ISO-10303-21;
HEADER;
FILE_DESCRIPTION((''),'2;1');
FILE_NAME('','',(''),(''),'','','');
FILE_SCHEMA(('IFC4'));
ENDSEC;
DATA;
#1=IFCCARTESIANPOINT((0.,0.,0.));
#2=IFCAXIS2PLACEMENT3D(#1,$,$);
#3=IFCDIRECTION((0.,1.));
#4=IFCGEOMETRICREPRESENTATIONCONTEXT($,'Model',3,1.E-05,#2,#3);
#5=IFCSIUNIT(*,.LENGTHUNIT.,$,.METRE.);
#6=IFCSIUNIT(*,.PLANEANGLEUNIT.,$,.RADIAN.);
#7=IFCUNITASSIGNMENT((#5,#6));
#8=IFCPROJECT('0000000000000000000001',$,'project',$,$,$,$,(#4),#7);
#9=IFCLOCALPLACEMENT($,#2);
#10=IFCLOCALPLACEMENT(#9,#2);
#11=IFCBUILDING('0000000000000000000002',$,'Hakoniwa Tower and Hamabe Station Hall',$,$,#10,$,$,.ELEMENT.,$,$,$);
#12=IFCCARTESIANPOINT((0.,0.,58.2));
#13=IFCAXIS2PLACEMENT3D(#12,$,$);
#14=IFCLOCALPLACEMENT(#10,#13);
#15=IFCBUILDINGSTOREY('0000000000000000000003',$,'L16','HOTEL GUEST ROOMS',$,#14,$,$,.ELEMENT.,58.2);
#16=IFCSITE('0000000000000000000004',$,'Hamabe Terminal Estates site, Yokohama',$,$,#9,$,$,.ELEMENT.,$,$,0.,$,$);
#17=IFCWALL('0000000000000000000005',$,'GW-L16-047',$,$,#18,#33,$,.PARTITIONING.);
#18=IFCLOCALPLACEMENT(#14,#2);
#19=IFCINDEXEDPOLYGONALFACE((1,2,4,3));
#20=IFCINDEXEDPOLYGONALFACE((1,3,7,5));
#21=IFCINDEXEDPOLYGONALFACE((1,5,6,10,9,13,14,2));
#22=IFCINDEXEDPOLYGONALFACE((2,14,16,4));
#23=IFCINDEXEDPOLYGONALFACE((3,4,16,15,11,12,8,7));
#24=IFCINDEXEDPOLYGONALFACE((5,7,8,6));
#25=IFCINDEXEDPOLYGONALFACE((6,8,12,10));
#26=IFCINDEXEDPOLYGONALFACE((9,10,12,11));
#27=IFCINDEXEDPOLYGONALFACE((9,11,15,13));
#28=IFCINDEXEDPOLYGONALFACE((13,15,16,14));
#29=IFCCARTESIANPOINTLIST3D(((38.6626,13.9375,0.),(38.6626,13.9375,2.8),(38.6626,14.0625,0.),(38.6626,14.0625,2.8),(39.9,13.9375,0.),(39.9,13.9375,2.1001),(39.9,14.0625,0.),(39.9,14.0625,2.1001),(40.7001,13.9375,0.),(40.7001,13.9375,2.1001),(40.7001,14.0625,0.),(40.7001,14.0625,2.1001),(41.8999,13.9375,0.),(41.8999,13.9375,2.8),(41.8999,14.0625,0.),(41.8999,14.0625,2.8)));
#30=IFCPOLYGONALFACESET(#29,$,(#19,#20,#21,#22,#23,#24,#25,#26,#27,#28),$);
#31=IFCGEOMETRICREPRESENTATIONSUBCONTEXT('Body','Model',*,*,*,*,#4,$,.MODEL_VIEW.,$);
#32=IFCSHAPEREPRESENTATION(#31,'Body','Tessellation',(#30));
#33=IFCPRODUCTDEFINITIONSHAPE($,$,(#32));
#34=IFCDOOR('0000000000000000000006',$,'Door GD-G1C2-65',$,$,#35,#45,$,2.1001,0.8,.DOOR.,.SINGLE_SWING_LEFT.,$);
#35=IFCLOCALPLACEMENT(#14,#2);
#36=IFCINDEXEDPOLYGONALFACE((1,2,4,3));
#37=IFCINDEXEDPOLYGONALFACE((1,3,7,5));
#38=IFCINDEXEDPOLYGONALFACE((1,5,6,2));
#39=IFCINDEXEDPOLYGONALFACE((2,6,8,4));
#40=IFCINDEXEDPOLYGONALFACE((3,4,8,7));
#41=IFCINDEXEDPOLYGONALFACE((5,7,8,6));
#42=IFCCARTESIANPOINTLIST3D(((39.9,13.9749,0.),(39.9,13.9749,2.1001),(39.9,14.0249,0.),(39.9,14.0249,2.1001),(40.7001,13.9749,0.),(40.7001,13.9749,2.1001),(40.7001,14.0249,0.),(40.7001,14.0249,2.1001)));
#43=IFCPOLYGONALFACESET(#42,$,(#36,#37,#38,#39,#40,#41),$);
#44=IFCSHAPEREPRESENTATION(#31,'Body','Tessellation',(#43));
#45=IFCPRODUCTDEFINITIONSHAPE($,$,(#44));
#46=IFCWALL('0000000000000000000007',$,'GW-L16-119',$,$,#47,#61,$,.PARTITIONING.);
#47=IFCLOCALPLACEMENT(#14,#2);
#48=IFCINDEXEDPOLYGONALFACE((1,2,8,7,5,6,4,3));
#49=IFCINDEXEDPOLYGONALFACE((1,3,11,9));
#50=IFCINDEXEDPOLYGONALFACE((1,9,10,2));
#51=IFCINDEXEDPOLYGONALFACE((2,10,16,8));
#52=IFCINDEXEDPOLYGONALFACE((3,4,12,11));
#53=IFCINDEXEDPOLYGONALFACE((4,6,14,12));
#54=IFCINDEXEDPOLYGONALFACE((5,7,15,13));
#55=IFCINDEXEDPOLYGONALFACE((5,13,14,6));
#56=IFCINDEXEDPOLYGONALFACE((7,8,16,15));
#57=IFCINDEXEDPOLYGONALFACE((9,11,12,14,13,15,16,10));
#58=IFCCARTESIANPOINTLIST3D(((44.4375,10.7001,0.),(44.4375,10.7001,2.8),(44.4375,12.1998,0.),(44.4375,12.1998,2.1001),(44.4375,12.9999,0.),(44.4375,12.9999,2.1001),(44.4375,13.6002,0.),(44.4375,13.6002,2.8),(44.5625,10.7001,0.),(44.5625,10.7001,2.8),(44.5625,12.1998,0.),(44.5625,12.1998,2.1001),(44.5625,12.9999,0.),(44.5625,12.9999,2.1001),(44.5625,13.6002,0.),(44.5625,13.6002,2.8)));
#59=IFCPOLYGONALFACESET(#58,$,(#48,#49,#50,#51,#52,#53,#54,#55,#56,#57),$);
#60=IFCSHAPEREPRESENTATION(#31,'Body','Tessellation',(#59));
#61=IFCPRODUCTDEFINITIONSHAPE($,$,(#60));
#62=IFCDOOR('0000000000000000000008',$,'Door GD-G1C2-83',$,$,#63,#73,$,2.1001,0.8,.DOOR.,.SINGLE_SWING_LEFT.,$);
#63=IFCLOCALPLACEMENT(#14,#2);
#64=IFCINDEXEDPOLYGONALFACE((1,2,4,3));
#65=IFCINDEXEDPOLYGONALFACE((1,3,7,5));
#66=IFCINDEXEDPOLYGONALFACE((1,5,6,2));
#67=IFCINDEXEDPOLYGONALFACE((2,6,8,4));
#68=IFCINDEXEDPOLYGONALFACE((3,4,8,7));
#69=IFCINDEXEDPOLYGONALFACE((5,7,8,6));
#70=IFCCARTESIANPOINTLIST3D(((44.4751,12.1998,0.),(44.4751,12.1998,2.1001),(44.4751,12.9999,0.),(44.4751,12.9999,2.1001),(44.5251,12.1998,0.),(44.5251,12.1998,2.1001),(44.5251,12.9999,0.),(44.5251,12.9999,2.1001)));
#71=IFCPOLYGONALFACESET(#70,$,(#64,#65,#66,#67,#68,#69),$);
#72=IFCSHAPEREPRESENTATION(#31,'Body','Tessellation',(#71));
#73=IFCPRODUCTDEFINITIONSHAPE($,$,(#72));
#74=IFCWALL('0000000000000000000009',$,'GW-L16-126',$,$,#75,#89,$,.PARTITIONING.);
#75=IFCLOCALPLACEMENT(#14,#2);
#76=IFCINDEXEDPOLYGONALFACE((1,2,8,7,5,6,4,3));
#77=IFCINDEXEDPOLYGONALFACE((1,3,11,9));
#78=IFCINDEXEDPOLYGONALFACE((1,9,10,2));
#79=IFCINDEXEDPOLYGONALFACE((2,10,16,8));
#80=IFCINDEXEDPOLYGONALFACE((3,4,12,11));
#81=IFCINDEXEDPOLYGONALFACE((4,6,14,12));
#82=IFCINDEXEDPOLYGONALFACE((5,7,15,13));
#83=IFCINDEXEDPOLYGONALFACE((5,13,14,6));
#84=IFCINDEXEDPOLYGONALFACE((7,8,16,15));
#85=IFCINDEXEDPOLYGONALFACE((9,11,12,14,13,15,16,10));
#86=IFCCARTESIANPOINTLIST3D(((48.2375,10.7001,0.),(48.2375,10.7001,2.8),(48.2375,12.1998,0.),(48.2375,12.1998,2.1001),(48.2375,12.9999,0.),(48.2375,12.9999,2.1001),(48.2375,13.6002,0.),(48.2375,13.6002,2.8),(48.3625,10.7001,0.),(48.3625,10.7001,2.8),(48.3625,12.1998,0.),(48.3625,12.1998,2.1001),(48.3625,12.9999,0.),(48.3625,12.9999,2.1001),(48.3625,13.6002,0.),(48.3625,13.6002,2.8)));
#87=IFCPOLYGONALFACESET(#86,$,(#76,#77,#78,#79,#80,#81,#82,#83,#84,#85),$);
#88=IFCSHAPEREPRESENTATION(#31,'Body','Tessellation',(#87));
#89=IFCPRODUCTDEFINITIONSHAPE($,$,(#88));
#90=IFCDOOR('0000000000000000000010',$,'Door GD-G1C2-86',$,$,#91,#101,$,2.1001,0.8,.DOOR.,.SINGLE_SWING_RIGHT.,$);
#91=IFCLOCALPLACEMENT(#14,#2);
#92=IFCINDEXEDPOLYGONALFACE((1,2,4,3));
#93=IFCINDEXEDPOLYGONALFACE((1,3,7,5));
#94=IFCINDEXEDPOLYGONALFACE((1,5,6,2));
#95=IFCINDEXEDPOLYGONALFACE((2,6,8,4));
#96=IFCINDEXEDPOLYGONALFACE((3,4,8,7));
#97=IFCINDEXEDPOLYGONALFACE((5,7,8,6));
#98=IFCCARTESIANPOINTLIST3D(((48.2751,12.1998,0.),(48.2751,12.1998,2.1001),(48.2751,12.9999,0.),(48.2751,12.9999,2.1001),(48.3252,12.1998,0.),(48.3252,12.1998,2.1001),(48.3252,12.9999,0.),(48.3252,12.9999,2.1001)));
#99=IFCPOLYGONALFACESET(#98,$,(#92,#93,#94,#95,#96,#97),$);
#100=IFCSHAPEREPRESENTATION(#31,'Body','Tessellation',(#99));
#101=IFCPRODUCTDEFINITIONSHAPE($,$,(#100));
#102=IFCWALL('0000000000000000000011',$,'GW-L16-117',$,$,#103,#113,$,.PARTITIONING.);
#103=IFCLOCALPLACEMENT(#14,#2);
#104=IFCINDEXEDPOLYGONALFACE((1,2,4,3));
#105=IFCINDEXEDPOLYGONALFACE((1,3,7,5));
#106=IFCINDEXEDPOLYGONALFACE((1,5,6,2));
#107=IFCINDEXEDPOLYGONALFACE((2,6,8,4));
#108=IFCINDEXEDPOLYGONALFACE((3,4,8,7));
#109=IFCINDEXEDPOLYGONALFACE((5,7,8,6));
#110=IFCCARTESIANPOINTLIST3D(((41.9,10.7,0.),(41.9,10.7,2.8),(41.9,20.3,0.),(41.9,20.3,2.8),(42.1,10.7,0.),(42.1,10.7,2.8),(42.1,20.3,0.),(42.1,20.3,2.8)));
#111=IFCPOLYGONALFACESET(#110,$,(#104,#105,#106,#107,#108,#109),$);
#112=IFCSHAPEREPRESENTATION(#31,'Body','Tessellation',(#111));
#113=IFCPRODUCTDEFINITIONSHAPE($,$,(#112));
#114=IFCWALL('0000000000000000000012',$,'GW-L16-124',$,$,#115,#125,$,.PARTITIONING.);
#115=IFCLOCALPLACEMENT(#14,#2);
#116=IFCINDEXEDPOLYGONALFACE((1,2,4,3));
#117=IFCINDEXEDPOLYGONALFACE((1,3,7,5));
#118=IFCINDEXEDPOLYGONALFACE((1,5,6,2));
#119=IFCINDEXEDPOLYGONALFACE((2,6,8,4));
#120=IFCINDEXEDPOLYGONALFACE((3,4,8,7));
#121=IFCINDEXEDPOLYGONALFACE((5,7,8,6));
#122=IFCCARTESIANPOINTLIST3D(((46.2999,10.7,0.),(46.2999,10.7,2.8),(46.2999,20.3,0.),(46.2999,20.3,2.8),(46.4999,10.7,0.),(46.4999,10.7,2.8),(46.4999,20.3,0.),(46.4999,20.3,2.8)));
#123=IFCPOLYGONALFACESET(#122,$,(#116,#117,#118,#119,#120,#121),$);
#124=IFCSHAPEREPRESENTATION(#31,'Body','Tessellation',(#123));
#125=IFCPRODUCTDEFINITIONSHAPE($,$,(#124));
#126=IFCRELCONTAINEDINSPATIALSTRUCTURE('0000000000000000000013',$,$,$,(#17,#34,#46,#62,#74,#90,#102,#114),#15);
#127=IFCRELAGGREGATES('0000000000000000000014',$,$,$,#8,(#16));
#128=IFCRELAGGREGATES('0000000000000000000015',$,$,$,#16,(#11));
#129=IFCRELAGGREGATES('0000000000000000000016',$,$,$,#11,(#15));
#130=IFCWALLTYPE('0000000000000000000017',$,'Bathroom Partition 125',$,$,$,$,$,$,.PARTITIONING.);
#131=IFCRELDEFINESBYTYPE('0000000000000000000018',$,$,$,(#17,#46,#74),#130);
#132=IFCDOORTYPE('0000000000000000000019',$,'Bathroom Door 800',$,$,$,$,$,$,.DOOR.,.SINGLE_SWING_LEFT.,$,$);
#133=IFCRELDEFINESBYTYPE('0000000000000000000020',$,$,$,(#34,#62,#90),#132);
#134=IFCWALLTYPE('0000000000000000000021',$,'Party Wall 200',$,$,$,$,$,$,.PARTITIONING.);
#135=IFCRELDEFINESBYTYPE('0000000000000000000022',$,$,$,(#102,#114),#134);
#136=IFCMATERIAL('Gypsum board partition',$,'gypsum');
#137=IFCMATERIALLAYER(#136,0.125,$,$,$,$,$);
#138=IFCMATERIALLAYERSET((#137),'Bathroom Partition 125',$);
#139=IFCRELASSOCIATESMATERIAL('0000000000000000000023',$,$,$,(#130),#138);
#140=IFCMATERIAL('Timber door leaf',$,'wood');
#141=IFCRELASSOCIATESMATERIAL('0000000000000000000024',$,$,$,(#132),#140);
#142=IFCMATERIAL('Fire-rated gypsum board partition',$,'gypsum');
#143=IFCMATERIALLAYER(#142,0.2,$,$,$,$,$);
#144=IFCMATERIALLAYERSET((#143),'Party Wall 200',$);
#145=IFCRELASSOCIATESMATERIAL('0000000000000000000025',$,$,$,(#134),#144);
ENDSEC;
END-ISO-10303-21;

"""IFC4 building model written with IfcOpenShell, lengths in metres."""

from ifc_helpers import new_model, si_unit, direction, frame, frame_2d, origin, place, context, subcontext, project, spatial, rectangle, extrude, material, layer, layer_set, type_object, element, fill, save


model = new_model("IFC4")

# Units and contexts
model_context = context("Model", 3, precision=1e-05, world=origin(), true_north=direction((0.0, 1.0)))
body_context = subcontext(model_context, "Body", "Model", "MODEL_VIEW")
ifc_project = project(units=[si_unit("LENGTHUNIT", "METRE"), si_unit("PLANEANGLEUNIT", "RADIAN")], contexts=[model_context])

# Site, building, storey
site_placement = place(None, origin())
site = spatial("IfcSite", under=ifc_project, at=site_placement, Name="Hamabe Terminal Estates site, Yokohama", CompositionType="ELEMENT", RefElevation=0.0)
building_placement = place(site_placement, origin())
building = spatial("IfcBuilding", under=site, at=building_placement, Name="Hakoniwa Tower and Hamabe Station Hall", CompositionType="ELEMENT")
storey_placement = place(building_placement, frame((0.0, 0.0, 58.2)))
storey = spatial("IfcBuildingStorey", under=building, at=storey_placement, Name="L16", Description="HOTEL GUEST ROOMS", CompositionType="ELEMENT", Elevation=58.2)

# Shared definitions
ifc_material_1 = material(Name="Gypsum board partition", Category="gypsum")
ifc_layer_1 = layer(ifc_material_1, 0.125)
ifc_layer_set_1 = layer_set([ifc_layer_1], Name="Bathroom Partition 125")
wall_type_1 = type_object("IfcWallType", Name="Bathroom Partition 125", PredefinedType="PARTITIONING", material=ifc_layer_set_1)

# Walls, openings, doors
wall_1_placement = place(storey_placement, frame((38.6626, 14.0, 0.0), z_axis=(0.0, 0.0, 1.0), x_axis=(1.0, 0.0, 0.0)))
wall_1 = element("IfcWall", 1, at=wall_1_placement, inside=storey, type_object=wall_type_1, Name="GW-L16-047", PredefinedType="PARTITIONING", context=body_context, shape_type="SweptSolid", body=[
    extrude(rectangle(XDim=3.2373, YDim=0.125, at=frame_2d((1.6187, 0.0))), origin(), (0.0, 0.0, 1.0), 2.8),
])
opening_1_placement = place(wall_1_placement, frame((1.2375, 0.0, 0.0)))
opening_1 = element("IfcOpeningElement", 2, at=opening_1_placement, cuts=wall_1, PredefinedType="OPENING", context=body_context, shape_type="SweptSolid", body=[
    extrude(rectangle(XDim=0.8, YDim=2.1001, at=frame_2d((0.3999, 1.05))), frame((0.0, 0.0725, 0.0), z_axis=(0.0, -1.0, 0.0), x_axis=(1.0, 0.0, 0.0)), (0.0, 0.0, 1.0), 0.145),
])
ifc_material_2 = material(Name="Timber door leaf", Category="wood")
door_type = type_object("IfcDoorType", Name="Bathroom Door 800", OperationType="SINGLE_SWING_LEFT", PredefinedType="DOOR", material=ifc_material_2)
door_1_placement = place(opening_1_placement, origin())
door_1 = element("IfcDoor", 3, at=door_1_placement, inside=storey, type_object=door_type, Name="Door GD-G1C2-65", OperationType="SINGLE_SWING_LEFT", OverallHeight=2.1001, OverallWidth=0.8, PredefinedType="DOOR", context=body_context, shape_type="SweptSolid", body=[
    extrude(rectangle(XDim=0.8, YDim=2.1001, at=frame_2d((0.3999, 1.05))), frame((0.0, 0.0249, 0.0), z_axis=(0.0, -1.0, 0.0), x_axis=(1.0, 0.0, 0.0)), (0.0, 0.0, 1.0), 0.05),
])
fill(opening_1, door_1)
wall_2_placement = place(storey_placement, frame((44.5, 10.7, 0.0), z_axis=(0.0, 0.0, 1.0), x_axis=(0.0, 1.0, 0.0)))
wall_2 = element("IfcWall", 4, at=wall_2_placement, inside=storey, type_object=wall_type_1, Name="GW-L16-119", PredefinedType="PARTITIONING", context=body_context, shape_type="SweptSolid", body=[
    extrude(rectangle(XDim=2.9001, YDim=0.125, at=frame_2d((1.4502, 0.0))), origin(), (0.0, 0.0, 1.0), 2.8),
])
opening_2_placement = place(wall_2_placement, frame((1.5, 0.0, 0.0)))
opening_2 = element("IfcOpeningElement", 5, at=opening_2_placement, cuts=wall_2, PredefinedType="OPENING", context=body_context, shape_type="SweptSolid", body=[
    extrude(rectangle(XDim=0.8, YDim=2.1001, at=frame_2d((0.3999, 1.05))), frame((0.0, 0.0725, 0.0), z_axis=(0.0, -1.0, 0.0), x_axis=(1.0, 0.0, 0.0)), (0.0, 0.0, 1.0), 0.145),
])
door_2_placement = place(opening_2_placement, origin())
door_2 = element("IfcDoor", 6, at=door_2_placement, inside=storey, type_object=door_type, Name="Door GD-G1C2-83", OperationType="SINGLE_SWING_LEFT", OverallHeight=2.1001, OverallWidth=0.8, PredefinedType="DOOR", context=body_context, shape_type="SweptSolid", body=[
    extrude(rectangle(XDim=0.8, YDim=2.1001, at=frame_2d((0.3999, 1.05))), frame((0.0, 0.0249, 0.0), z_axis=(0.0, -1.0, 0.0), x_axis=(1.0, 0.0, 0.0)), (0.0, 0.0, 1.0), 0.05),
])
fill(opening_2, door_2)
wall_3_placement = place(storey_placement, frame((48.3, 10.7, 0.0), z_axis=(0.0, 0.0, 1.0), x_axis=(0.0, 1.0, 0.0)))
wall_3 = element("IfcWall", 7, at=wall_3_placement, inside=storey, type_object=wall_type_1, Name="GW-L16-126", PredefinedType="PARTITIONING", context=body_context, shape_type="SweptSolid", body=[
    extrude(rectangle(XDim=2.9001, YDim=0.125, at=frame_2d((1.4502, 0.0))), origin(), (0.0, 0.0, 1.0), 2.8),
])
opening_3_placement = place(wall_3_placement, frame((1.5, 0.0, 0.0)))
opening_3 = element("IfcOpeningElement", 8, at=opening_3_placement, cuts=wall_3, PredefinedType="OPENING", context=body_context, shape_type="SweptSolid", body=[
    extrude(rectangle(XDim=0.8, YDim=2.1001, at=frame_2d((0.3999, 1.05))), frame((0.0, 0.0725, 0.0), z_axis=(0.0, -1.0, 0.0), x_axis=(1.0, 0.0, 0.0)), (0.0, 0.0, 1.0), 0.145),
])
door_3_placement = place(opening_3_placement, origin())
door_3 = element("IfcDoor", 9, at=door_3_placement, inside=storey, type_object=door_type, Name="Door GD-G1C2-86", OperationType="SINGLE_SWING_RIGHT", OverallHeight=2.1001, OverallWidth=0.8, PredefinedType="DOOR", context=body_context, shape_type="SweptSolid", body=[
    extrude(rectangle(XDim=0.8, YDim=2.1001, at=frame_2d((0.3999, 1.05))), frame((0.0, 0.0249, 0.0), z_axis=(0.0, -1.0, 0.0), x_axis=(1.0, 0.0, 0.0)), (0.0, 0.0, 1.0), 0.05),
])
fill(opening_3, door_3)

# Walls
ifc_material_3 = material(Name="Fire-rated gypsum board partition", Category="gypsum")
ifc_layer_2 = layer(ifc_material_3, 0.2)
ifc_layer_set_2 = layer_set([ifc_layer_2], Name="Party Wall 200")
wall_type_2 = type_object("IfcWallType", Name="Party Wall 200", PredefinedType="PARTITIONING", material=ifc_layer_set_2)
for number, where, z_axis, x_axis, name in (
    (10, (42.0, 10.7, 0.0), (0.0, 0.0, 1.0), (0.0, 1.0, 0.0), "GW-L16-117"),
    (11, (46.3999, 10.7, 0.0), (0.0, 0.0, 1.0), (0.0, 1.0, 0.0), "GW-L16-124"),
):
    element("IfcWall", number, at=place(storey_placement, frame(where, z_axis=z_axis, x_axis=x_axis)), inside=storey, type_object=wall_type_2, Name=name, PredefinedType="PARTITIONING", context=body_context, shape_type="SweptSolid", body=[
        extrude(rectangle(XDim=9.6001, YDim=0.2, at=frame_2d((4.8, 0.0))), origin(), (0.0, 0.0, 1.0), 2.8),
    ])

save(model, "model.ifc")
